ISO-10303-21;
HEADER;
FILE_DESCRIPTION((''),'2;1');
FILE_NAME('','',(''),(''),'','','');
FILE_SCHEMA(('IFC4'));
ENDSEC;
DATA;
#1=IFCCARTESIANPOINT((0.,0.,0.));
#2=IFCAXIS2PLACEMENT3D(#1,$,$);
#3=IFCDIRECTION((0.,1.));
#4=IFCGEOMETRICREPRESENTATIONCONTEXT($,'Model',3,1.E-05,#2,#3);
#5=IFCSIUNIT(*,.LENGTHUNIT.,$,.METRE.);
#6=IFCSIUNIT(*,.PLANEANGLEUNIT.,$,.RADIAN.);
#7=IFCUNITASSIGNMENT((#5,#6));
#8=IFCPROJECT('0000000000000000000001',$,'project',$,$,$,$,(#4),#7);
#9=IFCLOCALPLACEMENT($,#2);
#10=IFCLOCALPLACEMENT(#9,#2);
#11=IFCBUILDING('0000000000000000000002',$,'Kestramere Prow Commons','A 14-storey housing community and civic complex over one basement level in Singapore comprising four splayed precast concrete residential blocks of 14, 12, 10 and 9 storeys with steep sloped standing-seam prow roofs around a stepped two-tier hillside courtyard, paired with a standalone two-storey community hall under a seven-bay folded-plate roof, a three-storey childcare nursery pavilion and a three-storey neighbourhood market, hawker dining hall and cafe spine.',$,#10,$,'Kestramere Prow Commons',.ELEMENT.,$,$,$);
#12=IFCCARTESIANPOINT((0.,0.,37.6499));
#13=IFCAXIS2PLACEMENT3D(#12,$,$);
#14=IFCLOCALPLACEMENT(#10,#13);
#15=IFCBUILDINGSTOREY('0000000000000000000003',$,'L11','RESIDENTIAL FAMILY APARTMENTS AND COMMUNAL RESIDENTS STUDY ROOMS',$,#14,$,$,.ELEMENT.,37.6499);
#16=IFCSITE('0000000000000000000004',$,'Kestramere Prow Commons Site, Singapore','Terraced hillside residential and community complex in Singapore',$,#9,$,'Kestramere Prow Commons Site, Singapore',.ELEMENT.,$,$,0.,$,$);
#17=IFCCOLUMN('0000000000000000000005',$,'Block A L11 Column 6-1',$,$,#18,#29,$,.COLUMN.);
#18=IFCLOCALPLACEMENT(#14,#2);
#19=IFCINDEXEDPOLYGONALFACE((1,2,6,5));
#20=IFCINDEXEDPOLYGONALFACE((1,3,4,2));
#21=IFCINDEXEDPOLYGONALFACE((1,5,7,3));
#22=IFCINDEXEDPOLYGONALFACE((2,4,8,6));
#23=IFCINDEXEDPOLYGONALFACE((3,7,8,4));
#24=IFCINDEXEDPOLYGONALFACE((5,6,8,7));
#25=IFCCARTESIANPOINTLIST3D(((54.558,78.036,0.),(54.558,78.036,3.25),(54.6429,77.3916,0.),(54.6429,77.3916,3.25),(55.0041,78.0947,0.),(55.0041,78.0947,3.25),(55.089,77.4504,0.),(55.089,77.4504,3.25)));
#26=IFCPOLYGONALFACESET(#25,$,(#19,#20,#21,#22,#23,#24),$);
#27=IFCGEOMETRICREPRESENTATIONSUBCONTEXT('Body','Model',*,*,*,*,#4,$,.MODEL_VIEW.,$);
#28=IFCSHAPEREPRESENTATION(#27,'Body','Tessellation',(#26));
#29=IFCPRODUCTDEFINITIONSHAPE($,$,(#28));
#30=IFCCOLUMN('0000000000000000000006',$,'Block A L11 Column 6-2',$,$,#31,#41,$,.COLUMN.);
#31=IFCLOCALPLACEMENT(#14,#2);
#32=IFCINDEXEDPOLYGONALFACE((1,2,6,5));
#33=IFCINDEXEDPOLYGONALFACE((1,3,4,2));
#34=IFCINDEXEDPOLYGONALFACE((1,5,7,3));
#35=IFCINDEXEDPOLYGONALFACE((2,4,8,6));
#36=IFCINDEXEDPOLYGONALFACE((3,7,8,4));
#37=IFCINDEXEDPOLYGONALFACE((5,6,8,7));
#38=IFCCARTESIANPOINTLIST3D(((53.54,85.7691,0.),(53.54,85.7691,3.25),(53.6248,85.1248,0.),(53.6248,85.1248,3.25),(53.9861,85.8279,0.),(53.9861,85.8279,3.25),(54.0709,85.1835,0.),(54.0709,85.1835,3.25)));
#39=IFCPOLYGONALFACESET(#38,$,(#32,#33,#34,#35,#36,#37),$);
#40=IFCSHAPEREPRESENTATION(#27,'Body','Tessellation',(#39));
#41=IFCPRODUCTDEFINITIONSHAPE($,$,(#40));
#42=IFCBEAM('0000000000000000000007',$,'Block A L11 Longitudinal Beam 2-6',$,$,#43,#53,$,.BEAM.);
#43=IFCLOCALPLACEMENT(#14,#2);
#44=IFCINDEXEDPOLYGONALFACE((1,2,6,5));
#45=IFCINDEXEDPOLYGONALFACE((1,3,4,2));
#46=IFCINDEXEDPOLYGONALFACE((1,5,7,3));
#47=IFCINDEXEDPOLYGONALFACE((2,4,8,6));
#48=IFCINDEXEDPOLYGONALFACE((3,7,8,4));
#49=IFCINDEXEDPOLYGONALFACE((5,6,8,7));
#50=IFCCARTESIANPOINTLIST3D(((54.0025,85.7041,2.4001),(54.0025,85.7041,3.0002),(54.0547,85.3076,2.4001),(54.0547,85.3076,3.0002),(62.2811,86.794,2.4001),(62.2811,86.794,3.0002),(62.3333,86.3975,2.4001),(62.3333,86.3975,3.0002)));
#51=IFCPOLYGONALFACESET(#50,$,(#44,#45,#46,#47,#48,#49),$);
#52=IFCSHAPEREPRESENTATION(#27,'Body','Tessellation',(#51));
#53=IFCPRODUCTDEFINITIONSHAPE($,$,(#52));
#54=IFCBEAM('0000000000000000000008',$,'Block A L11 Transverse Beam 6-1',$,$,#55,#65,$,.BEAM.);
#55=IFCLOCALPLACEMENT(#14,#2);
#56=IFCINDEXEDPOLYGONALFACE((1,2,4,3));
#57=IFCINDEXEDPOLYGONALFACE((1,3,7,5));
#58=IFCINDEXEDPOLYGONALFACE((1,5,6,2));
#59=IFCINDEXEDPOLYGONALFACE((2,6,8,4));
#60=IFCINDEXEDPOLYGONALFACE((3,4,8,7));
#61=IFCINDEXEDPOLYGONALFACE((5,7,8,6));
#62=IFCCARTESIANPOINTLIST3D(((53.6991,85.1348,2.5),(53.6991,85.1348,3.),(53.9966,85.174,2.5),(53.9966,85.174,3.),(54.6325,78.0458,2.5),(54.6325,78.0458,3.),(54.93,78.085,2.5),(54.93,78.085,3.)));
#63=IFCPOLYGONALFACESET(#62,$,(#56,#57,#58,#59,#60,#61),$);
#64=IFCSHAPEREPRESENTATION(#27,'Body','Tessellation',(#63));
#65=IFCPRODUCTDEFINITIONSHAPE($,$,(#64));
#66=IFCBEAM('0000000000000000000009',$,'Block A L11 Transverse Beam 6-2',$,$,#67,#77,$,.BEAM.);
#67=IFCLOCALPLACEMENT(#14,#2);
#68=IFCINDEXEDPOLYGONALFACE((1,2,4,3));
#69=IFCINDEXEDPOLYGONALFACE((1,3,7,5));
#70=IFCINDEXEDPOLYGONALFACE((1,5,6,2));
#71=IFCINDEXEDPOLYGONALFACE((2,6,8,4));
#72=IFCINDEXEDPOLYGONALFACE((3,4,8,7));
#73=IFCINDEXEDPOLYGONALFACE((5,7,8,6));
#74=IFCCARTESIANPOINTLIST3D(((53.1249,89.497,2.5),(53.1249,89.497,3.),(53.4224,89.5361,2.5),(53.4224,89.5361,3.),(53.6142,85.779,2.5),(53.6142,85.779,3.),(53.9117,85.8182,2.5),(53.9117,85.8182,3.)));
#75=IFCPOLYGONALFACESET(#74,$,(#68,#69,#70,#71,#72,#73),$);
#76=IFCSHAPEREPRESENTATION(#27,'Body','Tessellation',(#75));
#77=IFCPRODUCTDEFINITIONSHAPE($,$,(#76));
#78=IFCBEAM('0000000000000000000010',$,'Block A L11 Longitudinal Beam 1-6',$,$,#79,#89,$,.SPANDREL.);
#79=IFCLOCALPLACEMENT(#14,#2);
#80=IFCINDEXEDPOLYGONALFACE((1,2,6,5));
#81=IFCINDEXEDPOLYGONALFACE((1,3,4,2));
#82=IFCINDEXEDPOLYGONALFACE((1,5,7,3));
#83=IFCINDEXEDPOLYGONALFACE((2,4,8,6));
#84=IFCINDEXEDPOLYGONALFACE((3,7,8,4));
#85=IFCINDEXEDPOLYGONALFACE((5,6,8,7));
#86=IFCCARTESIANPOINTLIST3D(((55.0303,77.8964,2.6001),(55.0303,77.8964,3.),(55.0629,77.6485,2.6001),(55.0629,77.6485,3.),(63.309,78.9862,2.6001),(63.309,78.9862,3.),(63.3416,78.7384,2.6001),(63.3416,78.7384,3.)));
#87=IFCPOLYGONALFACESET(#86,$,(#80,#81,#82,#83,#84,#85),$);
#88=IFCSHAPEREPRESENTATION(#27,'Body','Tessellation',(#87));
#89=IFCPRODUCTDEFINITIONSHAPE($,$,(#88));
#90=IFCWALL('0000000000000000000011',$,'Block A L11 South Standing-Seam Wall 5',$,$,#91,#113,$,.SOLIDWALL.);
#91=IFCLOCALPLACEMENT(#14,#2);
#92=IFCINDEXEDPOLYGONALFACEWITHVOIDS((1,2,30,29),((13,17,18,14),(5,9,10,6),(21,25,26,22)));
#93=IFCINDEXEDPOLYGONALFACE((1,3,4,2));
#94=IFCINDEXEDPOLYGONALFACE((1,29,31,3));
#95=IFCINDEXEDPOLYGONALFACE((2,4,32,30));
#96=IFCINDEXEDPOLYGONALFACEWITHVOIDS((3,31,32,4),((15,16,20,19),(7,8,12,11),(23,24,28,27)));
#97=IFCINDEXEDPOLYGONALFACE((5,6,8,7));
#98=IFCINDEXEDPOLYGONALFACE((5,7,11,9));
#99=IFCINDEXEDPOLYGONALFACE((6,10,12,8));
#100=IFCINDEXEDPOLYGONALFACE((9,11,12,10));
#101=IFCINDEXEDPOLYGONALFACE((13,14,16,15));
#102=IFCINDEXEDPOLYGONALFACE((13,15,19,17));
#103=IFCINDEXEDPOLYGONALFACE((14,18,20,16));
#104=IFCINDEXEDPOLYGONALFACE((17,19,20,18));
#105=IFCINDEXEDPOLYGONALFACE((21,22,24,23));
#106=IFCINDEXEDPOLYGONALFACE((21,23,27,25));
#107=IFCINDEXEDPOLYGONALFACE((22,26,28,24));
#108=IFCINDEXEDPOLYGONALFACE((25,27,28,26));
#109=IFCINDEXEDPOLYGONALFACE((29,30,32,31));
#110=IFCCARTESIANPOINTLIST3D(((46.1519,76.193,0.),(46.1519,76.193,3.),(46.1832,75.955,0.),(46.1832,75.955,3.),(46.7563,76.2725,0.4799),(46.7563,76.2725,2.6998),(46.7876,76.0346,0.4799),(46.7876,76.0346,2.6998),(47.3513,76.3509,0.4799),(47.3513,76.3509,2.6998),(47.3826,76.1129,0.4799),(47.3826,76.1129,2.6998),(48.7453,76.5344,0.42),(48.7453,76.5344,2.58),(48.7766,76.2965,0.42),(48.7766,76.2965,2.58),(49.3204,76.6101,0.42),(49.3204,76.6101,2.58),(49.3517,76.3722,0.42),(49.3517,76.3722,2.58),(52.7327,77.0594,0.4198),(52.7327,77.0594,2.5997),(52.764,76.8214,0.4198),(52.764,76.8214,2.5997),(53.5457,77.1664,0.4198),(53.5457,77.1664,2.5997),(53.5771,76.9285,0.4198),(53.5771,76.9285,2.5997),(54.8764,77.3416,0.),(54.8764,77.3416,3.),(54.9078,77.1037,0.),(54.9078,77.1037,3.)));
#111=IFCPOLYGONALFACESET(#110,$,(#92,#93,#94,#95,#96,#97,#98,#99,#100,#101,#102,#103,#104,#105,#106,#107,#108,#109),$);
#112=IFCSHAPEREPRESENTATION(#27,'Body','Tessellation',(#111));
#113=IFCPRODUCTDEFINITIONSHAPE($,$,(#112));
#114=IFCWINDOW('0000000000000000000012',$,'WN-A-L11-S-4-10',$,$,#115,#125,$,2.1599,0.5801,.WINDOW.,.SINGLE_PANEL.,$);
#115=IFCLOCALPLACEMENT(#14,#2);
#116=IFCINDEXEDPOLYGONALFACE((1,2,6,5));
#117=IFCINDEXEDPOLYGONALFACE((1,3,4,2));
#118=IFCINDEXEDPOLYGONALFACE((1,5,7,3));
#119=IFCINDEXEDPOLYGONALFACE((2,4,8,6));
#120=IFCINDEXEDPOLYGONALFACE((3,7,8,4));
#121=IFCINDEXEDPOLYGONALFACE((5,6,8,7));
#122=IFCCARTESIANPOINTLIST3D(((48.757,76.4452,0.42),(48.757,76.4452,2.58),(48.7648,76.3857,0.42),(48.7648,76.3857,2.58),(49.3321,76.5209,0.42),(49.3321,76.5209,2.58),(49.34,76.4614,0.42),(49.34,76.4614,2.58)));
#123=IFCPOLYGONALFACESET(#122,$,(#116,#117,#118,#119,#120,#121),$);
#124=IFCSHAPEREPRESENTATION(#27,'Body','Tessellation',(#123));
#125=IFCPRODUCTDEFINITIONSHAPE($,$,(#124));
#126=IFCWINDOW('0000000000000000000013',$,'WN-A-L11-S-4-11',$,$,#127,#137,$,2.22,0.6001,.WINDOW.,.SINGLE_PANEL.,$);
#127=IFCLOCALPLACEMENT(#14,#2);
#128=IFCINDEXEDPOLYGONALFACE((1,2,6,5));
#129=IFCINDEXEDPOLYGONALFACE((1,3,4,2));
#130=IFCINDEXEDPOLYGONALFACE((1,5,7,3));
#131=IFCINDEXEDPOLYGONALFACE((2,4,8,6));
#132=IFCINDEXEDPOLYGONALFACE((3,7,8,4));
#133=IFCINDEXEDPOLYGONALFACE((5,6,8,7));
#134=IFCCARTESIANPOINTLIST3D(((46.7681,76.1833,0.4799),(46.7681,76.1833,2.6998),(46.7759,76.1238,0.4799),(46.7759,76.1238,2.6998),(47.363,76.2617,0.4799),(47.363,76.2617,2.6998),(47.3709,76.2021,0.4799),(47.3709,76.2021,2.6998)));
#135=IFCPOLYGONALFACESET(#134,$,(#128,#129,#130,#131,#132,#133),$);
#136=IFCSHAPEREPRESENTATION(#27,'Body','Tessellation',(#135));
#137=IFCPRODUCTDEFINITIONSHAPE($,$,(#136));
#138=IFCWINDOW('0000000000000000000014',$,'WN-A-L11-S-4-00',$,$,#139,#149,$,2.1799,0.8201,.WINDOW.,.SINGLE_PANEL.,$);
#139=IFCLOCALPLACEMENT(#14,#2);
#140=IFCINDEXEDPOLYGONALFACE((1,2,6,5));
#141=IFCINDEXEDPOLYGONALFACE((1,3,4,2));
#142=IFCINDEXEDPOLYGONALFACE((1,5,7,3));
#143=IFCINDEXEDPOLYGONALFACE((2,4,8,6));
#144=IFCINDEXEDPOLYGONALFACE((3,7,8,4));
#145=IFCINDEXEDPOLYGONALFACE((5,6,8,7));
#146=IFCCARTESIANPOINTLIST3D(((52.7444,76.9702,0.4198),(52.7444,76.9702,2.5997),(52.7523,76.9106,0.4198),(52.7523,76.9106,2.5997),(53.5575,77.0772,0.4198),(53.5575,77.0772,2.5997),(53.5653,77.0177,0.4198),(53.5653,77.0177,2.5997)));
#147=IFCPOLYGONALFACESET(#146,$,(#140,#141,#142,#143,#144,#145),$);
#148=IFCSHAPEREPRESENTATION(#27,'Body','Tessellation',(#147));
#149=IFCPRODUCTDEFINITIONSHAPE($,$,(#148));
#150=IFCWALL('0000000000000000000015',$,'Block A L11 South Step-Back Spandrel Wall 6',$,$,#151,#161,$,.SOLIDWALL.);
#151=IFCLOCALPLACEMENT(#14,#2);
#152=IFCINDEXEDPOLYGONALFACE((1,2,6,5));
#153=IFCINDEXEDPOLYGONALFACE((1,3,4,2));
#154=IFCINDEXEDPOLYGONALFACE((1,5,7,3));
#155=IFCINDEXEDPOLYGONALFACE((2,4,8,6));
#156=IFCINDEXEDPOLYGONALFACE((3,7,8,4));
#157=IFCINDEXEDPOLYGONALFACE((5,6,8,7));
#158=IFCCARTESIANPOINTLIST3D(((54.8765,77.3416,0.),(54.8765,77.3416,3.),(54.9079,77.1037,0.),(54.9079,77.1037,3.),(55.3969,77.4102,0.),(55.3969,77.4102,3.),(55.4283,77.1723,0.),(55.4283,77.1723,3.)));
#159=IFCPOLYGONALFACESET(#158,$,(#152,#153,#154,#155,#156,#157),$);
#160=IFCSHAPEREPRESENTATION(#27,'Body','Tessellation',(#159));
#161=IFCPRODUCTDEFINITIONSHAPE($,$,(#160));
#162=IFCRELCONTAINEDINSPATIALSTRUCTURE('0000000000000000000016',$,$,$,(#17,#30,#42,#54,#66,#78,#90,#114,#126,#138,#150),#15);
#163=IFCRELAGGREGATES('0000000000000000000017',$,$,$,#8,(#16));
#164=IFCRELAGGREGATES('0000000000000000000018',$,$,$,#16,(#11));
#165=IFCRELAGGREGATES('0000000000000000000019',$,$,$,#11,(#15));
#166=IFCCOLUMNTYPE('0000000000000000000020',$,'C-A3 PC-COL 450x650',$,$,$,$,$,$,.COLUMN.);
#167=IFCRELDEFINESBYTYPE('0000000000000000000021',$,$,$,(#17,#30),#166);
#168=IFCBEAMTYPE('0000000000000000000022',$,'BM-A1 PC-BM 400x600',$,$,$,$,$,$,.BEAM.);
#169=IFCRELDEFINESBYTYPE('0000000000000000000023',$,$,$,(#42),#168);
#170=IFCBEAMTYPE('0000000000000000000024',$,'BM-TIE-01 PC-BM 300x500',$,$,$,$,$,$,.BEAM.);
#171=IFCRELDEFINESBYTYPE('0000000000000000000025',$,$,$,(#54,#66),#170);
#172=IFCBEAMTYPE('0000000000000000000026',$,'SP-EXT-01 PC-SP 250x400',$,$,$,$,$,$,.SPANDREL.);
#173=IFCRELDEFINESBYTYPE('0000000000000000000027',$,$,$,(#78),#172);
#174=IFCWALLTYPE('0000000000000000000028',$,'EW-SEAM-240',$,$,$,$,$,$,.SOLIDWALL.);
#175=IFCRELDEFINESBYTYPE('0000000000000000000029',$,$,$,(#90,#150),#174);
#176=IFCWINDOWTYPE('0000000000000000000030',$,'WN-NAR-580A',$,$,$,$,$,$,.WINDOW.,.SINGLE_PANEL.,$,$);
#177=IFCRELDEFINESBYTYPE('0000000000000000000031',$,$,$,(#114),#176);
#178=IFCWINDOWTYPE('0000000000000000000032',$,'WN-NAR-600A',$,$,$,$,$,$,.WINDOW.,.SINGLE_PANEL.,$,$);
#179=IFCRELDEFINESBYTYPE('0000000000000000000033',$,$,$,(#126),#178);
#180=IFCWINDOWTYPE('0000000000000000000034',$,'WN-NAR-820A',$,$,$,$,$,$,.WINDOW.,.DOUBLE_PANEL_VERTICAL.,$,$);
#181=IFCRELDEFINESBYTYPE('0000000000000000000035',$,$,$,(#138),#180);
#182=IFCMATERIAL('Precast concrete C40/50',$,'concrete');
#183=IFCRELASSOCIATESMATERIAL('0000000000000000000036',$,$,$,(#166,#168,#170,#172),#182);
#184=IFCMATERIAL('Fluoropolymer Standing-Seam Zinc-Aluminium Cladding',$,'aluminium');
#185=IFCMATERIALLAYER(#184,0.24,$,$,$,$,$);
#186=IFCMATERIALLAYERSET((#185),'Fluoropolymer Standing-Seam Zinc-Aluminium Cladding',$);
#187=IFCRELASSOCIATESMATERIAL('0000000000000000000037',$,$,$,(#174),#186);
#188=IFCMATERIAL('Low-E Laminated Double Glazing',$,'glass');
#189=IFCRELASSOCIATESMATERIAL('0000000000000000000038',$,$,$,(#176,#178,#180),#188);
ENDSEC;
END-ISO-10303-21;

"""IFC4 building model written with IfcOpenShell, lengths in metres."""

from ifc_helpers import new_model, si_unit, direction, frame, frame_2d, origin, origin_2d, place, context, subcontext, project, spatial, rectangle, extrude, material, layer, layer_set, material_profile, profile_set, type_object, element, fill, save


model = new_model("IFC4")

# Units and contexts
model_context = context("Model", 3, precision=1e-05, world=origin(), true_north=direction((0.0, 1.0)))
body_context = subcontext(model_context, "Body", "Model", "MODEL_VIEW")
ifc_project = project(units=[si_unit("LENGTHUNIT", "METRE"), si_unit("PLANEANGLEUNIT", "RADIAN")], contexts=[model_context])

# Site, building, storey
site_placement = place(None, origin())
site = spatial("IfcSite", under=ifc_project, at=site_placement, Name="Kestramere Prow Commons Site, Singapore", Description="Terraced hillside residential and community complex in Singapore", LongName="Kestramere Prow Commons Site, Singapore", CompositionType="ELEMENT", RefElevation=0.0)
building_placement = place(site_placement, origin())
building = spatial("IfcBuilding", under=site, at=building_placement, Name="Kestramere Prow Commons", Description="A 14-storey housing community and civic complex over one basement level in Singapore comprising four splayed precast concrete residential blocks of 14, 12, 10 and 9 storeys with steep sloped standing-seam prow roofs around a stepped two-tier hillside courtyard, paired with a standalone two-storey community hall under a seven-bay folded-plate roof, a three-storey childcare nursery pavilion and a three-storey neighbourhood market, hawker dining hall and cafe spine.", LongName="Kestramere Prow Commons", CompositionType="ELEMENT")
storey_placement = place(building_placement, frame((0.0, 0.0, 37.6499)))
storey = spatial("IfcBuildingStorey", under=building, at=storey_placement, Name="L11", Description="RESIDENTIAL FAMILY APARTMENTS AND COMMUNAL RESIDENTS STUDY ROOMS", CompositionType="ELEMENT", Elevation=37.6499)

# Columns
ifc_material_1 = material(Name="Precast concrete C40/50", Category="concrete")
ifc_material_profile_1 = material_profile(ifc_material_1, rectangle(XDim=0.45, YDim=0.6499, at=origin_2d()), Name="PC-COL 450x650")
ifc_profile_set_1 = profile_set([ifc_material_profile_1], Name="Precast concrete C40/50")
column_type = type_object("IfcColumnType", Name="C-A3 PC-COL 450x650", PredefinedType="COLUMN", material=ifc_profile_set_1)
for number, where, z_axis, x_axis, name in (
    (1, (54.8235, 77.7432, 0.0), (0.0, 0.0, 1.0), (0.991445, 0.130526, 0.0), "Block A L11 Column 6-1"),
    (2, (53.8054, 85.4763, 0.0), (0.0, 0.0, 1.0), (0.991445, 0.130526, 0.0), "Block A L11 Column 6-2"),
):
    element("IfcColumn", number, at=place(storey_placement, frame(where, z_axis=z_axis, x_axis=x_axis)), inside=storey, type_object=column_type, Name=name, PredefinedType="COLUMN", context=body_context, shape_type="SweptSolid", body=[
        extrude(rectangle(XDim=0.45, YDim=0.6499, at=origin_2d()), origin(), (0.0, 0.0, 1.0), 3.25),
    ])

# Beams
ifc_material_profile_2 = material_profile(ifc_material_1, rectangle(XDim=0.3999, YDim=0.6001, at=origin_2d()), Name="PC-BM 400x600")
ifc_profile_set_2 = profile_set([ifc_material_profile_2], Name="Precast concrete C40/50")
beam_type_1 = type_object("IfcBeamType", Name="BM-A1 PC-BM 400x600", PredefinedType="BEAM", material=ifc_profile_set_2)
beam_1_placement = place(storey_placement, frame((54.0286, 85.5059, 2.7002), z_axis=(0.991446, 0.13052, 0.0), x_axis=(-0.13052, 0.991446, 0.0)))
element("IfcBeam", 3, at=beam_1_placement, inside=storey, type_object=beam_type_1, Name="Block A L11 Longitudinal Beam 2-6", PredefinedType="BEAM", context=body_context, shape_type="SweptSolid", body=[
    extrude(rectangle(XDim=0.3999, YDim=0.6001, at=origin_2d()), origin(), (0.0, 0.0, 1.0), 8.3501),
])
ifc_material_profile_3 = material_profile(ifc_material_1, rectangle(XDim=0.3, YDim=0.5, at=origin_2d()), Name="PC-BM 300x500")
ifc_profile_set_3 = profile_set([ifc_material_profile_3], Name="Precast concrete C40/50")
beam_type_2 = type_object("IfcBeamType", Name="BM-TIE-01 PC-BM 300x500", PredefinedType="BEAM", material=ifc_profile_set_3)
beam_2_placement = place(storey_placement, frame((54.7812, 78.0654, 2.75), z_axis=(-0.130538, 0.991443, 0.0), x_axis=(-0.991443, -0.130538, 0.0)))
element("IfcBeam", 4, at=beam_2_placement, inside=storey, type_object=beam_type_2, Name="Block A L11 Transverse Beam 6-1", PredefinedType="BEAM", context=body_context, shape_type="SweptSolid", body=[
    extrude(rectangle(XDim=0.3, YDim=0.5, at=origin_2d()), origin(), (0.0, 0.0, 1.0), 7.1501),
])
beam_3_placement = place(storey_placement, frame((53.7629, 85.7986, 2.75), z_axis=(-0.130466, 0.991453, 0.0), x_axis=(-0.991453, -0.130466, 0.0)))
element("IfcBeam", 5, at=beam_3_placement, inside=storey, type_object=beam_type_2, Name="Block A L11 Transverse Beam 6-2", PredefinedType="BEAM", context=body_context, shape_type="SweptSolid", body=[
    extrude(rectangle(XDim=0.3, YDim=0.5, at=origin_2d()), origin(), (0.0, 0.0, 1.0), 3.75),
])
ifc_material_profile_4 = material_profile(ifc_material_1, rectangle(XDim=0.25, YDim=0.3999, at=origin_2d()), Name="PC-SP 250x400")
ifc_profile_set_4 = profile_set([ifc_material_profile_4], Name="Precast concrete C40/50")
beam_type_3 = type_object("IfcBeamType", Name="SP-EXT-01 PC-SP 250x400", PredefinedType="SPANDREL", material=ifc_profile_set_4)
beam_4_placement = place(storey_placement, frame((55.0466, 77.7725, 2.8), z_axis=(0.991446, 0.13052, 0.0), x_axis=(-0.13052, 0.991446, 0.0)))
element("IfcBeam", 6, at=beam_4_placement, inside=storey, type_object=beam_type_3, Name="Block A L11 Longitudinal Beam 1-6", PredefinedType="SPANDREL", context=body_context, shape_type="SweptSolid", body=[
    extrude(rectangle(XDim=0.25, YDim=0.3999, at=origin_2d()), origin(), (0.0, 0.0, 1.0), 8.3501),
])

# Wall, openings, windows
ifc_material_2 = material(Name="Fluoropolymer Standing-Seam Zinc-Aluminium Cladding", Category="aluminium")
ifc_layer_1 = layer(ifc_material_2, 0.24)
ifc_layer_set_1 = layer_set([ifc_layer_1], Name="Fluoropolymer Standing-Seam Zinc-Aluminium Cladding")
wall_type_1 = type_object("IfcWallType", Name="EW-SEAM-240", PredefinedType="SOLIDWALL", material=ifc_layer_set_1)
wall_1_placement = place(storey_placement, frame((54.8921, 77.2227, 0.0), z_axis=(0.0, 0.0, 1.0), x_axis=(-0.991444, -0.130533, 0.0)))
wall_1 = element("IfcWall", 7, at=wall_1_placement, inside=storey, type_object=wall_type_1, Name="Block A L11 South Standing-Seam Wall 5", PredefinedType="SOLIDWALL", context=body_context, shape_type="SweptSolid", body=[
    extrude(rectangle(XDim=8.7998, YDim=0.24, at=frame_2d((4.3999, 0.0))), origin(), (0.0, 0.0, 1.0), 3.0),
])
opening_1_placement = place(wall_1_placement, frame((1.342, 0.0, 0.4199)))
opening_1 = element("IfcOpeningElement", 8, at=opening_1_placement, cuts=wall_1, PredefinedType="OPENING", context=body_context, shape_type="SweptSolid", body=[
    extrude(rectangle(XDim=0.8201, YDim=2.1799, at=frame_2d((0.4102, 1.0898))), frame((0.0, 0.135, 0.0), z_axis=(0.0, -1.0, 0.0), x_axis=(1.0, 0.0, 0.0)), (0.0, 0.0, 1.0), 0.27),
])
opening_2_placement = place(wall_1_placement, frame((5.604, 0.0, 0.4199)))
opening_2 = element("IfcOpeningElement", 9, at=opening_2_placement, cuts=wall_1, PredefinedType="OPENING", context=body_context, shape_type="SweptSolid", body=[
    extrude(rectangle(XDim=0.5801, YDim=2.1599, at=frame_2d((0.29, 1.0801))), frame((0.0, 0.135, 0.0), z_axis=(0.0, -1.0, 0.0), x_axis=(1.0, 0.0, 0.0)), (0.0, 0.0, 1.0), 0.27),
])
opening_3_placement = place(wall_1_placement, frame((7.5901, 0.0, 0.48)))
opening_3 = element("IfcOpeningElement", 10, at=opening_3_placement, cuts=wall_1, PredefinedType="OPENING", context=body_context, shape_type="SweptSolid", body=[
    extrude(rectangle(XDim=0.6001, YDim=2.22, at=frame_2d((0.3, 1.1099))), frame((0.0, 0.135, 0.0), z_axis=(0.0, -1.0, 0.0), x_axis=(1.0, 0.0, 0.0)), (0.0, 0.0, 1.0), 0.27),
])
ifc_material_3 = material(Name="Low-E Laminated Double Glazing", Category="glass")
window_type_1 = type_object("IfcWindowType", Name="WN-NAR-580A", PartitioningType="SINGLE_PANEL", PredefinedType="WINDOW", material=ifc_material_3)
window_1_placement = place(opening_2_placement, origin())
window_1 = element("IfcWindow", 11, at=window_1_placement, inside=storey, type_object=window_type_1, Name="WN-A-L11-S-4-10", OverallHeight=2.1599, OverallWidth=0.5801, PartitioningType="SINGLE_PANEL", PredefinedType="WINDOW", context=body_context, shape_type="SweptSolid", body=[
    extrude(rectangle(XDim=0.5801, YDim=2.1599, at=frame_2d((0.29, 1.0801))), frame((0.0, 0.03, 0.0), z_axis=(0.0, -1.0, 0.0), x_axis=(1.0, 0.0, 0.0)), (0.0, 0.0, 1.0), 0.0601),
])
fill(opening_2, window_1)
window_type_2 = type_object("IfcWindowType", Name="WN-NAR-600A", PartitioningType="SINGLE_PANEL", PredefinedType="WINDOW", material=ifc_material_3)
window_2_placement = place(opening_3_placement, origin())
window_2 = element("IfcWindow", 12, at=window_2_placement, inside=storey, type_object=window_type_2, Name="WN-A-L11-S-4-11", OverallHeight=2.22, OverallWidth=0.6001, PartitioningType="SINGLE_PANEL", PredefinedType="WINDOW", context=body_context, shape_type="SweptSolid", body=[
    extrude(rectangle(XDim=0.6001, YDim=2.22, at=frame_2d((0.3, 1.1099))), frame((0.0, 0.03, 0.0), z_axis=(0.0, -1.0, 0.0), x_axis=(1.0, 0.0, 0.0)), (0.0, 0.0, 1.0), 0.0601),
])
fill(opening_3, window_2)
window_type_3 = type_object("IfcWindowType", Name="WN-NAR-820A", PartitioningType="DOUBLE_PANEL_VERTICAL", PredefinedType="WINDOW", material=ifc_material_3)
window_3_placement = place(opening_1_placement, origin())
window_3 = element("IfcWindow", 13, at=window_3_placement, inside=storey, type_object=window_type_3, Name="WN-A-L11-S-4-00", OverallHeight=2.1799, OverallWidth=0.8201, PartitioningType="SINGLE_PANEL", PredefinedType="WINDOW", context=body_context, shape_type="SweptSolid", body=[
    extrude(rectangle(XDim=0.8201, YDim=2.1799, at=frame_2d((0.4102, 1.0898))), frame((0.0, 0.03, 0.0), z_axis=(0.0, -1.0, 0.0), x_axis=(1.0, 0.0, 0.0)), (0.0, 0.0, 1.0), 0.0601),
])
fill(opening_1, window_3)

# Wall
wall_2_placement = place(storey_placement, frame((55.4126, 77.2913, 0.0), z_axis=(0.0, 0.0, 1.0), x_axis=(-0.991426, -0.130671, 0.0)))
element("IfcWall", 14, at=wall_2_placement, inside=storey, type_object=wall_type_1, Name="Block A L11 South Step-Back Spandrel Wall 6", PredefinedType="SOLIDWALL", context=body_context, shape_type="SweptSolid", body=[
    extrude(rectangle(XDim=0.5249, YDim=0.24, at=frame_2d((0.2625, 0.0))), origin(), (0.0, 0.0, 1.0), 3.0),
])

save(model, "model.ifc")
